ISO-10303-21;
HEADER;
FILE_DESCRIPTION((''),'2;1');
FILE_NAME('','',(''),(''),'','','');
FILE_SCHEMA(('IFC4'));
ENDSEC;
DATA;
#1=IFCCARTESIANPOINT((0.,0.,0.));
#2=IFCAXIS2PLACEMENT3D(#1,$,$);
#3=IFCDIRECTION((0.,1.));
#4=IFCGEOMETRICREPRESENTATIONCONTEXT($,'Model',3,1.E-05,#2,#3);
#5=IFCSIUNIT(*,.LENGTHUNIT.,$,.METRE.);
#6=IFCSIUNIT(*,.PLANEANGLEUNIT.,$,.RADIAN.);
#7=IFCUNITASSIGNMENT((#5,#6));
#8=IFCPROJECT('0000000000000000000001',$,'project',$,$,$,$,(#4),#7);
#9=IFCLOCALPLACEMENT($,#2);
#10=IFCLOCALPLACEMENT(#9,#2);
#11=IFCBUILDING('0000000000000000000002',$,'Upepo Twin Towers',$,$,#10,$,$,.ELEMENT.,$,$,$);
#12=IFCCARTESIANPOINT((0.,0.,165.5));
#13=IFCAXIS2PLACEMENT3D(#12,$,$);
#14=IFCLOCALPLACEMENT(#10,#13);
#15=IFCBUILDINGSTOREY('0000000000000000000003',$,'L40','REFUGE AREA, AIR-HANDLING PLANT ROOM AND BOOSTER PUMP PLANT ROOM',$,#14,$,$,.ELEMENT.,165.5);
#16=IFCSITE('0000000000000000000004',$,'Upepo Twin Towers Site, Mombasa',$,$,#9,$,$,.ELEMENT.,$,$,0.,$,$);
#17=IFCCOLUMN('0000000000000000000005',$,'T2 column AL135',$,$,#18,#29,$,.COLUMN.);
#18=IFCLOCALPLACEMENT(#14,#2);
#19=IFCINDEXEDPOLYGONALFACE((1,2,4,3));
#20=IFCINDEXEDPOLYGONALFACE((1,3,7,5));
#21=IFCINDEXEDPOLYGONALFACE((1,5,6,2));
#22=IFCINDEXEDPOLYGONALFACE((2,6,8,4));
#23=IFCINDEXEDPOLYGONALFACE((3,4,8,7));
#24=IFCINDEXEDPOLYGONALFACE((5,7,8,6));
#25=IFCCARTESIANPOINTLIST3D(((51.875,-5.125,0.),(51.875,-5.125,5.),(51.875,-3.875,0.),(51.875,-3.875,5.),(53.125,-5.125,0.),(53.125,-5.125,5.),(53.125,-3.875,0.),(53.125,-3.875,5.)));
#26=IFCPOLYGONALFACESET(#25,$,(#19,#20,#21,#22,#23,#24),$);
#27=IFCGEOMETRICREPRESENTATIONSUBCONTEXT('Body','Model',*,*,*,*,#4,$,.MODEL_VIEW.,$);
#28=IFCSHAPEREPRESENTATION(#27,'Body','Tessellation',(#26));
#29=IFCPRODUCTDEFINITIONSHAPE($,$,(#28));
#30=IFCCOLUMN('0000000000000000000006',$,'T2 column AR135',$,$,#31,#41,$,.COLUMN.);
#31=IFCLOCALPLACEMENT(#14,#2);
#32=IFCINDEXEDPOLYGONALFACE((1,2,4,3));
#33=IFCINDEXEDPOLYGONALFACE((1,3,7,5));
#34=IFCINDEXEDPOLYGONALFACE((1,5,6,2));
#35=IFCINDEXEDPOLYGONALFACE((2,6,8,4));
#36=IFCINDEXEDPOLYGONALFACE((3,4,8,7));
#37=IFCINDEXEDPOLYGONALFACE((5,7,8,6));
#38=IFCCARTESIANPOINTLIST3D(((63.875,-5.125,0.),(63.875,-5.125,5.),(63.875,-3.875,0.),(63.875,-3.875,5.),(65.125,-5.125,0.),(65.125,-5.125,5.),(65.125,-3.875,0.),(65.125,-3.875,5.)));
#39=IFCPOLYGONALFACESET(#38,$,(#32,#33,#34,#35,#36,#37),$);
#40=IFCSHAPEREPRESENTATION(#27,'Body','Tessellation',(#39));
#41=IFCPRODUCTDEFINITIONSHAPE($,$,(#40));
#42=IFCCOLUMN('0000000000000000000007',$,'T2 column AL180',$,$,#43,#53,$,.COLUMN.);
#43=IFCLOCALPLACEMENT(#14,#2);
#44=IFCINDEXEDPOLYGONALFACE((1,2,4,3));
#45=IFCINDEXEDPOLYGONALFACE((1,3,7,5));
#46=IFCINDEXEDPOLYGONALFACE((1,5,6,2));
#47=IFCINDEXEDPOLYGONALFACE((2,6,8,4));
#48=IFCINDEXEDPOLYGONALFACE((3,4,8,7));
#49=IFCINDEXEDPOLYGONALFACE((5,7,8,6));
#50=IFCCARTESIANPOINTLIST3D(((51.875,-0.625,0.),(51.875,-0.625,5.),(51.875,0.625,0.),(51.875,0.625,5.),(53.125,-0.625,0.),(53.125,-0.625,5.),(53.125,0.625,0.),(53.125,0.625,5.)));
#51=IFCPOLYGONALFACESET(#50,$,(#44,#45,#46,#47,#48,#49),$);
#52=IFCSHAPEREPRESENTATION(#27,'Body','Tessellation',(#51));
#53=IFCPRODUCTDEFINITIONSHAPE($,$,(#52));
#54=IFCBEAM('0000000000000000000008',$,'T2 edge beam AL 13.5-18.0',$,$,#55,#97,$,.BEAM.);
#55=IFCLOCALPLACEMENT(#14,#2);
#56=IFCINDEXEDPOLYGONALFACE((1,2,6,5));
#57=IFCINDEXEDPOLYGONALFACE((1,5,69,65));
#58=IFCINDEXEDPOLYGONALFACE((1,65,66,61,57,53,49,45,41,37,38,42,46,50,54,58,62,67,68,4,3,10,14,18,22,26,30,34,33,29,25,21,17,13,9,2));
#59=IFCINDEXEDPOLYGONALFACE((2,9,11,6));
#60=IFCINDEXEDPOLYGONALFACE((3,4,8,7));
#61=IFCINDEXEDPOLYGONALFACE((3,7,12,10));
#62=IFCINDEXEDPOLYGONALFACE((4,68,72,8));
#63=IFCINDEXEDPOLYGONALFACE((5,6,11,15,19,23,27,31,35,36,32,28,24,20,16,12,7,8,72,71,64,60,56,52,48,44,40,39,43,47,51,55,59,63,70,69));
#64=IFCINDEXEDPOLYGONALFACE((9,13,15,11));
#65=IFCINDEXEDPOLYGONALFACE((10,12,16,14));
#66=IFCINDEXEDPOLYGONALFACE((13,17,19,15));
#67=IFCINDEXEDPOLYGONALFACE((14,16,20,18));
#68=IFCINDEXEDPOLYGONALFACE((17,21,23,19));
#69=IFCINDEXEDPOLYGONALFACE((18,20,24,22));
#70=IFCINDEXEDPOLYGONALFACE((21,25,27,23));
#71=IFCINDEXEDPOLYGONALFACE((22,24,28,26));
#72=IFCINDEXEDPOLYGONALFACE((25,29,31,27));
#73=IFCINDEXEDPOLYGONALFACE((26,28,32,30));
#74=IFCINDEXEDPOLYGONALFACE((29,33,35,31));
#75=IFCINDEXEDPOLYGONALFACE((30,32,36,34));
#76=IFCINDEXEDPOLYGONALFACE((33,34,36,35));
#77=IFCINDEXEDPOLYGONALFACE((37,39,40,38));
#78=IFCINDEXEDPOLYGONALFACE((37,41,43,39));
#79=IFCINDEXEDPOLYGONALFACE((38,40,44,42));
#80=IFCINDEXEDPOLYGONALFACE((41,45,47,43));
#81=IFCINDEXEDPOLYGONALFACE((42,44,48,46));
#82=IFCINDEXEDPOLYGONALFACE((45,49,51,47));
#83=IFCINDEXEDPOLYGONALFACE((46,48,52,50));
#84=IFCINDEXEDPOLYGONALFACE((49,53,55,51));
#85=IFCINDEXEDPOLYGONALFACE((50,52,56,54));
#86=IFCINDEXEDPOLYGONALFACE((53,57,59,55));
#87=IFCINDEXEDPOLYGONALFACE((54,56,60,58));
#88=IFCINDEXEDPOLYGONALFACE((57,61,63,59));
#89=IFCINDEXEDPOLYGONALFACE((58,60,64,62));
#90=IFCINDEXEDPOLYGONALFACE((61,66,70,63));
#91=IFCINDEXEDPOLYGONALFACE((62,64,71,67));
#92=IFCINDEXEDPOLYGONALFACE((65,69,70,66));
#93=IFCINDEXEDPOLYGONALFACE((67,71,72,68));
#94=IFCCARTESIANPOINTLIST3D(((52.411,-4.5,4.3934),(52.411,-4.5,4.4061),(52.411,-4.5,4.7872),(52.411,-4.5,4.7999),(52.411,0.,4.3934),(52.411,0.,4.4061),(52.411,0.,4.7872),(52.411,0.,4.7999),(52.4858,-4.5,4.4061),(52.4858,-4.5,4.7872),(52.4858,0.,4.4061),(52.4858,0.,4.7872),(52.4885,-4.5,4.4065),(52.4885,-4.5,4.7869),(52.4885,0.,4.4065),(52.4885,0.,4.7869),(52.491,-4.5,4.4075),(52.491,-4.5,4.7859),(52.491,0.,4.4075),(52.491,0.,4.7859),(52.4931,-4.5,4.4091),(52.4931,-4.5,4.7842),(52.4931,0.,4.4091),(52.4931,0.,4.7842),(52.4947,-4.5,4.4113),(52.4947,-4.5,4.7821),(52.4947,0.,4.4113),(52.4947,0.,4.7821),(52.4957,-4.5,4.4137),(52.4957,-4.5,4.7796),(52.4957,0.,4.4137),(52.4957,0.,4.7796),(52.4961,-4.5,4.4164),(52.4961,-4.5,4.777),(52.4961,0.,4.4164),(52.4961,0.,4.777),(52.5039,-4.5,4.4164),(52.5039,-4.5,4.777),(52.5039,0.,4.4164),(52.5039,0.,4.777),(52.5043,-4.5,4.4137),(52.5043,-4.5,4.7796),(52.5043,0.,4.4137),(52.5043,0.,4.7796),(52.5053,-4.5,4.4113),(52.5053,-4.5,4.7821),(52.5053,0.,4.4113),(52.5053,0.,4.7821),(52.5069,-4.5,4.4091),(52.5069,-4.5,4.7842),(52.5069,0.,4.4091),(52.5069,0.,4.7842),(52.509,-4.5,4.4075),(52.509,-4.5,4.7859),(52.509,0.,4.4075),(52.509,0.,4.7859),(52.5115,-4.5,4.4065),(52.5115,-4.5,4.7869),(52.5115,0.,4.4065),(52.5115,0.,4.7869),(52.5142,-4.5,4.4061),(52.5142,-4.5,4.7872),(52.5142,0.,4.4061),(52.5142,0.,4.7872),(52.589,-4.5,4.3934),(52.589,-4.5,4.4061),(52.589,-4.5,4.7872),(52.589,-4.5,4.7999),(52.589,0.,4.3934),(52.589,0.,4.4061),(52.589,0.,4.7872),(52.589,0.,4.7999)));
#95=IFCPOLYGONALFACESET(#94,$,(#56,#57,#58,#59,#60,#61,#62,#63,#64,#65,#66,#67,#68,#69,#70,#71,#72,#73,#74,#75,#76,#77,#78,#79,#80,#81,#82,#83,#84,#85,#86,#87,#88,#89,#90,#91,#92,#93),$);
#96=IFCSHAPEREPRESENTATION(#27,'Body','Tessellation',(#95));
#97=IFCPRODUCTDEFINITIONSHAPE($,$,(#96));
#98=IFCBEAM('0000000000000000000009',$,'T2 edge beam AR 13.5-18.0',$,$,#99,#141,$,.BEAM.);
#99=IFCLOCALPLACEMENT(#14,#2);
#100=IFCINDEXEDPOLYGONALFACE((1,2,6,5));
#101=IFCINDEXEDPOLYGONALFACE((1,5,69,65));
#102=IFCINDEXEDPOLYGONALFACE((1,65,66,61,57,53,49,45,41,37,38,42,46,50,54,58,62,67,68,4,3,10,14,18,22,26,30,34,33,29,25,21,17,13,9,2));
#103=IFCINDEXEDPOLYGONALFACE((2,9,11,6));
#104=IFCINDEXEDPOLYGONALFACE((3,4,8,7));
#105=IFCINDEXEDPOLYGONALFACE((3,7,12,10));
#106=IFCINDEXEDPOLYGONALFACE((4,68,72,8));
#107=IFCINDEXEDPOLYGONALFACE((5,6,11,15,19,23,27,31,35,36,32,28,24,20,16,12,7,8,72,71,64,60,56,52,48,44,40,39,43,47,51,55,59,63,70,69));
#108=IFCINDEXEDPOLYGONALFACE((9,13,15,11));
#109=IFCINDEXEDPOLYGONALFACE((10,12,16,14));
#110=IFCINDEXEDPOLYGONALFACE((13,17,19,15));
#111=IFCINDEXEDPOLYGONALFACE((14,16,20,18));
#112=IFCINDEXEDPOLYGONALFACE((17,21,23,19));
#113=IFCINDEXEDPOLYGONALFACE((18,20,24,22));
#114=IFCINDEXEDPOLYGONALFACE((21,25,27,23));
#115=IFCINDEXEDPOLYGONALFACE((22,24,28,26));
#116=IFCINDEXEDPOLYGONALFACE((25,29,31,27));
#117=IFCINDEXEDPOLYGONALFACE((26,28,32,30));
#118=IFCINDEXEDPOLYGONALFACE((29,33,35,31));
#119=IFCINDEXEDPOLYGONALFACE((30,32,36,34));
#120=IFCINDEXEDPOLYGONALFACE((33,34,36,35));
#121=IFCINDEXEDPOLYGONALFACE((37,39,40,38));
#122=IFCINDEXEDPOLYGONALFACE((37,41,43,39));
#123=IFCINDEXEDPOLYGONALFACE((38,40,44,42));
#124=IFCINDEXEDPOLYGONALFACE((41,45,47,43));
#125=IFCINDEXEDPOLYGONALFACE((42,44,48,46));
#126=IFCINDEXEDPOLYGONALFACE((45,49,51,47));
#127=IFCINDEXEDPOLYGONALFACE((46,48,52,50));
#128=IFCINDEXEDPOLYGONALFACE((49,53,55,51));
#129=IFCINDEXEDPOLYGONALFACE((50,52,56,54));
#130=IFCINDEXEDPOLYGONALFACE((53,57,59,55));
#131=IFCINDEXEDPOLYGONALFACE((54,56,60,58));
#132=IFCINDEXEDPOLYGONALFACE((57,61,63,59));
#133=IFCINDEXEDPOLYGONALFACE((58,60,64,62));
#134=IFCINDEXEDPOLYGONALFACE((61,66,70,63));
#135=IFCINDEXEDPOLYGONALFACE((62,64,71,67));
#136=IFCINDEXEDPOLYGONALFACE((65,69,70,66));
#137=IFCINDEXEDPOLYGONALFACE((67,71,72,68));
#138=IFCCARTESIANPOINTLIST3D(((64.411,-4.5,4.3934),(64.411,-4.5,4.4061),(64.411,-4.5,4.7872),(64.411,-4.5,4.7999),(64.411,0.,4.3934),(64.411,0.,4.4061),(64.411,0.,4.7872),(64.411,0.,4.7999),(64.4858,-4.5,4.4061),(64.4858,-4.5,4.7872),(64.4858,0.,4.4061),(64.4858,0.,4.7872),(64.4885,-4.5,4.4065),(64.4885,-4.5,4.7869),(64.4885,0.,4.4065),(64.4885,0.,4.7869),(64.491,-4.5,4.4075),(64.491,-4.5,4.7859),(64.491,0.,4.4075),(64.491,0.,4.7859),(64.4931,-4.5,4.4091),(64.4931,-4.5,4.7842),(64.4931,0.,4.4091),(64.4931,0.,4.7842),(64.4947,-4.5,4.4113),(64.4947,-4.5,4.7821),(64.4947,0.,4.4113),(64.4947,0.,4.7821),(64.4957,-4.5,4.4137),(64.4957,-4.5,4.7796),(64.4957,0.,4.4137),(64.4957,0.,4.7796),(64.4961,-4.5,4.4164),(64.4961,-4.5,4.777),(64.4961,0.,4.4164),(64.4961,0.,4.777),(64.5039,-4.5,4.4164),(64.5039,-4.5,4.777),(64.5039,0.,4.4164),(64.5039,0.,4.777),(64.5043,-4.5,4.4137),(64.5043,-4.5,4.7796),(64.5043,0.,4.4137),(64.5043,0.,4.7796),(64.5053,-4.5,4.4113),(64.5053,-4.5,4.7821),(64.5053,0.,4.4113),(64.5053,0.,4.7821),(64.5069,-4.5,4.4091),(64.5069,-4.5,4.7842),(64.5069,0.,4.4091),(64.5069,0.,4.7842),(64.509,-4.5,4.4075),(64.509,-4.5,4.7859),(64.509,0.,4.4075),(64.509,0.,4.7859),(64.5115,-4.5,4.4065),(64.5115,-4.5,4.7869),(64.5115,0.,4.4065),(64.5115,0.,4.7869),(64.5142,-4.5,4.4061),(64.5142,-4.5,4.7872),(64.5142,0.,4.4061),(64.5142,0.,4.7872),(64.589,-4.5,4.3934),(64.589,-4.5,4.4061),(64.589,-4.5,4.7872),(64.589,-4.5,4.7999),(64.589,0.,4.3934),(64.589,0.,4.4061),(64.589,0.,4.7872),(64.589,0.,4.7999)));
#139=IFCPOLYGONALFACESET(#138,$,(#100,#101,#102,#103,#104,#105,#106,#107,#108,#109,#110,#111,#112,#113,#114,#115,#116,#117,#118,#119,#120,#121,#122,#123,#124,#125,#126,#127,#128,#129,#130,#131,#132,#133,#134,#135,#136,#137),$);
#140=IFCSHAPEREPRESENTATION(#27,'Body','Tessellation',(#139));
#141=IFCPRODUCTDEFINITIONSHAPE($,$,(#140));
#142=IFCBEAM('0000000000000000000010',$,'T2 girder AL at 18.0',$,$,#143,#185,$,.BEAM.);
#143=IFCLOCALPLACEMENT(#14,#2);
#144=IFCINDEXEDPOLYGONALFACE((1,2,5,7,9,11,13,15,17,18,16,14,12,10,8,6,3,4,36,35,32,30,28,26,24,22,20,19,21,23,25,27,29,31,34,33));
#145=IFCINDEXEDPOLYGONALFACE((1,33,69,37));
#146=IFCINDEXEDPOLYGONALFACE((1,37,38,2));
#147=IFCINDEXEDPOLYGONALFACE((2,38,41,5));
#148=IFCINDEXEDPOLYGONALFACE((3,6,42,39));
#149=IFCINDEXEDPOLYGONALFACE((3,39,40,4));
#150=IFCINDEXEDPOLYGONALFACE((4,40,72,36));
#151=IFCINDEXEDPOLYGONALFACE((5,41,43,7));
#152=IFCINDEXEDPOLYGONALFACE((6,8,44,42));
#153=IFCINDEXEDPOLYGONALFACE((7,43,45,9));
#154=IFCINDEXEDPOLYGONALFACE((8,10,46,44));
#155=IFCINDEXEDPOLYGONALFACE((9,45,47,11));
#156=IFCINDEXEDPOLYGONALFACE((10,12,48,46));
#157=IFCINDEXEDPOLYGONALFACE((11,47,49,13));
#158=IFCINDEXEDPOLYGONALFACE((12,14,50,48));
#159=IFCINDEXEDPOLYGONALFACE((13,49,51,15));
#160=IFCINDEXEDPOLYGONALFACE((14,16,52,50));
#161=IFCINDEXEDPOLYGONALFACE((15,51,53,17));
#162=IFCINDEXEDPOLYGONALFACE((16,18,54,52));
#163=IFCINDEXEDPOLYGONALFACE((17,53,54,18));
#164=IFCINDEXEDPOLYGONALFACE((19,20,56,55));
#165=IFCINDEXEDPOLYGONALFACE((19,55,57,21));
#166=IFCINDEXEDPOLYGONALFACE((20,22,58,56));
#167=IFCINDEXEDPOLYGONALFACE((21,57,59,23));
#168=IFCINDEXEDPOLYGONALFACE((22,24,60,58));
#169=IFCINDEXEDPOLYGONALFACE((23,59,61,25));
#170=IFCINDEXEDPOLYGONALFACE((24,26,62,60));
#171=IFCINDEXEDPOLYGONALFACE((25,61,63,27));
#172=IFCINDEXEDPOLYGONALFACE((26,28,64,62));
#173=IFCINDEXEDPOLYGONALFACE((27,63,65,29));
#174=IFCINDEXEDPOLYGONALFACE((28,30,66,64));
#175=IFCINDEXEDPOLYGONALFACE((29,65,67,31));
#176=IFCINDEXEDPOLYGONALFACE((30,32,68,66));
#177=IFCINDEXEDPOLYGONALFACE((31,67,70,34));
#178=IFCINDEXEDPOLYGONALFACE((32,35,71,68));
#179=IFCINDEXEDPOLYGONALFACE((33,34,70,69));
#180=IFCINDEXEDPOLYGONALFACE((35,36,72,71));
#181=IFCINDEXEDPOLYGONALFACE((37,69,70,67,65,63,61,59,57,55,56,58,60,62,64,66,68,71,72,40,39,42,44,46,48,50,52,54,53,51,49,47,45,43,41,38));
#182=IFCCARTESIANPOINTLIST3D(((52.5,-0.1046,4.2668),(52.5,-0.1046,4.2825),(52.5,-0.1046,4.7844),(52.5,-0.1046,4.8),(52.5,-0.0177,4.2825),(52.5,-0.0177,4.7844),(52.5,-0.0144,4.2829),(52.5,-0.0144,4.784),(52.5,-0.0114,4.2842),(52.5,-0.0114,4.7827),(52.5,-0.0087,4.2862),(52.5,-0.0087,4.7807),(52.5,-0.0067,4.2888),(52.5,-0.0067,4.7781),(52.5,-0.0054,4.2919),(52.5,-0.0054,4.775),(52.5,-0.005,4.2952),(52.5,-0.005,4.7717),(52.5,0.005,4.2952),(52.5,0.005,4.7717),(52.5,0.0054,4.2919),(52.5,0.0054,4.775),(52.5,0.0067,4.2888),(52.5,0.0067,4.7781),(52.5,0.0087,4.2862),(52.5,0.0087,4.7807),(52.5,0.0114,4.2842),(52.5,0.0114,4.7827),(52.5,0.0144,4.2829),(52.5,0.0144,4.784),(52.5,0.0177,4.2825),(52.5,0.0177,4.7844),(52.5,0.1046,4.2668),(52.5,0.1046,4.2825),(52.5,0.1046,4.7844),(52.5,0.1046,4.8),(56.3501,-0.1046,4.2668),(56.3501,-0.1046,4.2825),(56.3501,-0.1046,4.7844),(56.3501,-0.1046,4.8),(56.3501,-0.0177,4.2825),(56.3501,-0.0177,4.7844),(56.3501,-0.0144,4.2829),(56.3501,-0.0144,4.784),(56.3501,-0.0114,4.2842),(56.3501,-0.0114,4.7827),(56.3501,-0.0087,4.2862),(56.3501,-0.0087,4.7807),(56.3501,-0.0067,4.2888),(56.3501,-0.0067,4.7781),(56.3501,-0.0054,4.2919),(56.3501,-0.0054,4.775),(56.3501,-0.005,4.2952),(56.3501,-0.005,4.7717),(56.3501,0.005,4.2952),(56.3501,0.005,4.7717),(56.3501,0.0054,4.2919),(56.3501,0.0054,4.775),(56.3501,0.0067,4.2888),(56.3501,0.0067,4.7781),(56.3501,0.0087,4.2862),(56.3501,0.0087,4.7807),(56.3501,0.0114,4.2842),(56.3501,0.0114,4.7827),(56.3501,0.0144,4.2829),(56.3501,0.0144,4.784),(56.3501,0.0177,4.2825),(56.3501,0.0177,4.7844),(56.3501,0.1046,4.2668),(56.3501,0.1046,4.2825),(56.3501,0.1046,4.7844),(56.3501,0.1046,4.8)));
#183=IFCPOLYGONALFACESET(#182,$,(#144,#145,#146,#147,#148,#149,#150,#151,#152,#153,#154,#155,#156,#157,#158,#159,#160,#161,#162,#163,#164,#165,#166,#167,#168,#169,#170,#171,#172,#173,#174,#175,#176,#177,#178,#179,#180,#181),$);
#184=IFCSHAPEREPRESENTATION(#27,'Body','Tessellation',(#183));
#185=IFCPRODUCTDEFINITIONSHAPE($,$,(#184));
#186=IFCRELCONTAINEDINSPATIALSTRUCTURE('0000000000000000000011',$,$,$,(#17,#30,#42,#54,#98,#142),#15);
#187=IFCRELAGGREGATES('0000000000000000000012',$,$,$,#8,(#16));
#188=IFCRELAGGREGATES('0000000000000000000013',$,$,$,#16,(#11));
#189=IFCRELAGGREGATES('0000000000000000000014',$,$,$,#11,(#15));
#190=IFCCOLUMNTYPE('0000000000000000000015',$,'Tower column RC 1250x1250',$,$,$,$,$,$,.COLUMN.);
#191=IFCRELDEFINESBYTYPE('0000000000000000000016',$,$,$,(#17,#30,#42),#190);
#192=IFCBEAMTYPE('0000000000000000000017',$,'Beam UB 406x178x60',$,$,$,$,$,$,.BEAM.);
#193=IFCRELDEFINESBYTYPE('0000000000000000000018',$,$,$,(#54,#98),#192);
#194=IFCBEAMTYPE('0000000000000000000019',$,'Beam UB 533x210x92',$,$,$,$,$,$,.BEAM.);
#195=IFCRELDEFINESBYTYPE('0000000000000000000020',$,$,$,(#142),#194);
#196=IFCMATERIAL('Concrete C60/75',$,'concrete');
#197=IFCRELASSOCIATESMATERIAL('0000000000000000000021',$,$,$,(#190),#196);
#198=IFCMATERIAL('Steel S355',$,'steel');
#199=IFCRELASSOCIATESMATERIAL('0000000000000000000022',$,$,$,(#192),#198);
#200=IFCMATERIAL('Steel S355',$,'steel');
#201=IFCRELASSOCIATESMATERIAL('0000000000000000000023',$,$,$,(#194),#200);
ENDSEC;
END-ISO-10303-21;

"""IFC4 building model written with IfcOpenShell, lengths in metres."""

from ifc_helpers import new_model, si_unit, direction, frame, origin, origin_2d, place, context, subcontext, project, spatial, rectangle, i_section, extrude, material, material_profile, profile_set, type_object, element, save


model = new_model("IFC4")

# Units and contexts
model_context = context("Model", 3, precision=1e-05, world=origin(), true_north=direction((0.0, 1.0)))
body_context = subcontext(model_context, "Body", "Model", "MODEL_VIEW")
ifc_project = project(units=[si_unit("LENGTHUNIT", "METRE"), si_unit("PLANEANGLEUNIT", "RADIAN")], contexts=[model_context])

# Site, building, storey
site_placement = place(None, origin())
site = spatial("IfcSite", under=ifc_project, at=site_placement, Name="Upepo Twin Towers Site, Mombasa", CompositionType="ELEMENT", RefElevation=0.0)
building_placement = place(site_placement, origin())
building = spatial("IfcBuilding", under=site, at=building_placement, Name="Upepo Twin Towers", CompositionType="ELEMENT")
storey_placement = place(building_placement, frame((0.0, 0.0, 165.5)))
storey = spatial("IfcBuildingStorey", under=building, at=storey_placement, Name="L40", Description="REFUGE AREA, AIR-HANDLING PLANT ROOM AND BOOSTER PUMP PLANT ROOM", CompositionType="ELEMENT", Elevation=165.5)

# Columns
ifc_material_1 = material(Name="Concrete C60/75", Category="concrete")
ifc_material_profile_1 = material_profile(ifc_material_1, rectangle(XDim=1.25, YDim=1.25, at=origin_2d()), Name="RC 1250x1250")
ifc_profile_set_1 = profile_set([ifc_material_profile_1], Name="Concrete C60/75")
column_type = type_object("IfcColumnType", Name="Tower column RC 1250x1250", PredefinedType="COLUMN", material=ifc_profile_set_1)
for number, where, z_axis, x_axis, name in (
    (1, (52.5, -4.5, 0.0), (0.0, 0.0, 1.0), (1.0, 0.0, 0.0), "T2 column AL135"),
    (2, (64.5, -4.5, 0.0), (0.0, 0.0, 1.0), (1.0, 0.0, 0.0), "T2 column AR135"),
    (3, (52.5, 0.0, 0.0), (0.0, 0.0, 1.0), (1.0, 0.0, 0.0), "T2 column AL180"),
):
    element("IfcColumn", number, at=place(storey_placement, frame(where, z_axis=z_axis, x_axis=x_axis)), inside=storey, type_object=column_type, Name=name, PredefinedType="COLUMN", context=body_context, shape_type="SweptSolid", body=[
        extrude(rectangle(XDim=1.25, YDim=1.25, at=origin_2d()), origin(), (0.0, 0.0, 1.0), 5.0),
    ])

# Beams
ifc_material_2 = material(Name="Steel S355", Category="steel")
ifc_material_profile_2 = material_profile(ifc_material_2, i_section(OverallWidth=0.178, OverallDepth=0.4065, WebThickness=0.0078, FlangeThickness=0.0127, FilletRadius=0.0103, at=origin_2d()), Name="UB 406x178x60")
ifc_profile_set_2 = profile_set([ifc_material_profile_2], Name="Steel S355")
beam_type_1 = type_object("IfcBeamType", Name="Beam UB 406x178x60", PredefinedType="BEAM", material=ifc_profile_set_2)
for number, where, z_axis, x_axis, name in (
    (4, (52.5, -4.5, 4.5967), (0.0, 1.0, 0.0), (-1.0, 0.0, 0.0), "T2 edge beam AL 13.5-18.0"),
    (5, (64.5, -4.5, 4.5967), (0.0, 1.0, 0.0), (-1.0, 0.0, 0.0), "T2 edge beam AR 13.5-18.0"),
):
    element("IfcBeam", number, at=place(storey_placement, frame(where, z_axis=z_axis, x_axis=x_axis)), inside=storey, type_object=beam_type_1, Name=name, PredefinedType="BEAM", context=body_context, shape_type="SweptSolid", body=[
        extrude(i_section(OverallWidth=0.178, OverallDepth=0.4065, WebThickness=0.0078, FlangeThickness=0.0127, FilletRadius=0.0103, at=origin_2d()), origin(), (0.0, 0.0, 1.0), 4.5),
    ])
ifc_material_3 = material(Name="Steel S355", Category="steel")
ifc_material_profile_3 = material_profile(ifc_material_3, i_section(OverallWidth=0.2092, OverallDepth=0.5332, WebThickness=0.01, FlangeThickness=0.0156, FilletRadius=0.0127, at=origin_2d()), Name="UB 533x210x92")
ifc_profile_set_3 = profile_set([ifc_material_profile_3], Name="Steel S355")
beam_type_2 = type_object("IfcBeamType", Name="Beam UB 533x210x92", PredefinedType="BEAM", material=ifc_profile_set_3)
beam_placement = place(storey_placement, frame((52.5, 0.0, 4.5334), z_axis=(1.0, 0.0, 0.0), x_axis=(0.0, 1.0, 0.0)))
element("IfcBeam", 6, at=beam_placement, inside=storey, type_object=beam_type_2, Name="T2 girder AL at 18.0", PredefinedType="BEAM", context=body_context, shape_type="SweptSolid", body=[
    extrude(i_section(OverallWidth=0.2092, OverallDepth=0.5332, WebThickness=0.01, FlangeThickness=0.0156, FilletRadius=0.0127, at=origin_2d()), origin(), (0.0, 0.0, 1.0), 3.8501),
])

save(model, "model.ifc")
